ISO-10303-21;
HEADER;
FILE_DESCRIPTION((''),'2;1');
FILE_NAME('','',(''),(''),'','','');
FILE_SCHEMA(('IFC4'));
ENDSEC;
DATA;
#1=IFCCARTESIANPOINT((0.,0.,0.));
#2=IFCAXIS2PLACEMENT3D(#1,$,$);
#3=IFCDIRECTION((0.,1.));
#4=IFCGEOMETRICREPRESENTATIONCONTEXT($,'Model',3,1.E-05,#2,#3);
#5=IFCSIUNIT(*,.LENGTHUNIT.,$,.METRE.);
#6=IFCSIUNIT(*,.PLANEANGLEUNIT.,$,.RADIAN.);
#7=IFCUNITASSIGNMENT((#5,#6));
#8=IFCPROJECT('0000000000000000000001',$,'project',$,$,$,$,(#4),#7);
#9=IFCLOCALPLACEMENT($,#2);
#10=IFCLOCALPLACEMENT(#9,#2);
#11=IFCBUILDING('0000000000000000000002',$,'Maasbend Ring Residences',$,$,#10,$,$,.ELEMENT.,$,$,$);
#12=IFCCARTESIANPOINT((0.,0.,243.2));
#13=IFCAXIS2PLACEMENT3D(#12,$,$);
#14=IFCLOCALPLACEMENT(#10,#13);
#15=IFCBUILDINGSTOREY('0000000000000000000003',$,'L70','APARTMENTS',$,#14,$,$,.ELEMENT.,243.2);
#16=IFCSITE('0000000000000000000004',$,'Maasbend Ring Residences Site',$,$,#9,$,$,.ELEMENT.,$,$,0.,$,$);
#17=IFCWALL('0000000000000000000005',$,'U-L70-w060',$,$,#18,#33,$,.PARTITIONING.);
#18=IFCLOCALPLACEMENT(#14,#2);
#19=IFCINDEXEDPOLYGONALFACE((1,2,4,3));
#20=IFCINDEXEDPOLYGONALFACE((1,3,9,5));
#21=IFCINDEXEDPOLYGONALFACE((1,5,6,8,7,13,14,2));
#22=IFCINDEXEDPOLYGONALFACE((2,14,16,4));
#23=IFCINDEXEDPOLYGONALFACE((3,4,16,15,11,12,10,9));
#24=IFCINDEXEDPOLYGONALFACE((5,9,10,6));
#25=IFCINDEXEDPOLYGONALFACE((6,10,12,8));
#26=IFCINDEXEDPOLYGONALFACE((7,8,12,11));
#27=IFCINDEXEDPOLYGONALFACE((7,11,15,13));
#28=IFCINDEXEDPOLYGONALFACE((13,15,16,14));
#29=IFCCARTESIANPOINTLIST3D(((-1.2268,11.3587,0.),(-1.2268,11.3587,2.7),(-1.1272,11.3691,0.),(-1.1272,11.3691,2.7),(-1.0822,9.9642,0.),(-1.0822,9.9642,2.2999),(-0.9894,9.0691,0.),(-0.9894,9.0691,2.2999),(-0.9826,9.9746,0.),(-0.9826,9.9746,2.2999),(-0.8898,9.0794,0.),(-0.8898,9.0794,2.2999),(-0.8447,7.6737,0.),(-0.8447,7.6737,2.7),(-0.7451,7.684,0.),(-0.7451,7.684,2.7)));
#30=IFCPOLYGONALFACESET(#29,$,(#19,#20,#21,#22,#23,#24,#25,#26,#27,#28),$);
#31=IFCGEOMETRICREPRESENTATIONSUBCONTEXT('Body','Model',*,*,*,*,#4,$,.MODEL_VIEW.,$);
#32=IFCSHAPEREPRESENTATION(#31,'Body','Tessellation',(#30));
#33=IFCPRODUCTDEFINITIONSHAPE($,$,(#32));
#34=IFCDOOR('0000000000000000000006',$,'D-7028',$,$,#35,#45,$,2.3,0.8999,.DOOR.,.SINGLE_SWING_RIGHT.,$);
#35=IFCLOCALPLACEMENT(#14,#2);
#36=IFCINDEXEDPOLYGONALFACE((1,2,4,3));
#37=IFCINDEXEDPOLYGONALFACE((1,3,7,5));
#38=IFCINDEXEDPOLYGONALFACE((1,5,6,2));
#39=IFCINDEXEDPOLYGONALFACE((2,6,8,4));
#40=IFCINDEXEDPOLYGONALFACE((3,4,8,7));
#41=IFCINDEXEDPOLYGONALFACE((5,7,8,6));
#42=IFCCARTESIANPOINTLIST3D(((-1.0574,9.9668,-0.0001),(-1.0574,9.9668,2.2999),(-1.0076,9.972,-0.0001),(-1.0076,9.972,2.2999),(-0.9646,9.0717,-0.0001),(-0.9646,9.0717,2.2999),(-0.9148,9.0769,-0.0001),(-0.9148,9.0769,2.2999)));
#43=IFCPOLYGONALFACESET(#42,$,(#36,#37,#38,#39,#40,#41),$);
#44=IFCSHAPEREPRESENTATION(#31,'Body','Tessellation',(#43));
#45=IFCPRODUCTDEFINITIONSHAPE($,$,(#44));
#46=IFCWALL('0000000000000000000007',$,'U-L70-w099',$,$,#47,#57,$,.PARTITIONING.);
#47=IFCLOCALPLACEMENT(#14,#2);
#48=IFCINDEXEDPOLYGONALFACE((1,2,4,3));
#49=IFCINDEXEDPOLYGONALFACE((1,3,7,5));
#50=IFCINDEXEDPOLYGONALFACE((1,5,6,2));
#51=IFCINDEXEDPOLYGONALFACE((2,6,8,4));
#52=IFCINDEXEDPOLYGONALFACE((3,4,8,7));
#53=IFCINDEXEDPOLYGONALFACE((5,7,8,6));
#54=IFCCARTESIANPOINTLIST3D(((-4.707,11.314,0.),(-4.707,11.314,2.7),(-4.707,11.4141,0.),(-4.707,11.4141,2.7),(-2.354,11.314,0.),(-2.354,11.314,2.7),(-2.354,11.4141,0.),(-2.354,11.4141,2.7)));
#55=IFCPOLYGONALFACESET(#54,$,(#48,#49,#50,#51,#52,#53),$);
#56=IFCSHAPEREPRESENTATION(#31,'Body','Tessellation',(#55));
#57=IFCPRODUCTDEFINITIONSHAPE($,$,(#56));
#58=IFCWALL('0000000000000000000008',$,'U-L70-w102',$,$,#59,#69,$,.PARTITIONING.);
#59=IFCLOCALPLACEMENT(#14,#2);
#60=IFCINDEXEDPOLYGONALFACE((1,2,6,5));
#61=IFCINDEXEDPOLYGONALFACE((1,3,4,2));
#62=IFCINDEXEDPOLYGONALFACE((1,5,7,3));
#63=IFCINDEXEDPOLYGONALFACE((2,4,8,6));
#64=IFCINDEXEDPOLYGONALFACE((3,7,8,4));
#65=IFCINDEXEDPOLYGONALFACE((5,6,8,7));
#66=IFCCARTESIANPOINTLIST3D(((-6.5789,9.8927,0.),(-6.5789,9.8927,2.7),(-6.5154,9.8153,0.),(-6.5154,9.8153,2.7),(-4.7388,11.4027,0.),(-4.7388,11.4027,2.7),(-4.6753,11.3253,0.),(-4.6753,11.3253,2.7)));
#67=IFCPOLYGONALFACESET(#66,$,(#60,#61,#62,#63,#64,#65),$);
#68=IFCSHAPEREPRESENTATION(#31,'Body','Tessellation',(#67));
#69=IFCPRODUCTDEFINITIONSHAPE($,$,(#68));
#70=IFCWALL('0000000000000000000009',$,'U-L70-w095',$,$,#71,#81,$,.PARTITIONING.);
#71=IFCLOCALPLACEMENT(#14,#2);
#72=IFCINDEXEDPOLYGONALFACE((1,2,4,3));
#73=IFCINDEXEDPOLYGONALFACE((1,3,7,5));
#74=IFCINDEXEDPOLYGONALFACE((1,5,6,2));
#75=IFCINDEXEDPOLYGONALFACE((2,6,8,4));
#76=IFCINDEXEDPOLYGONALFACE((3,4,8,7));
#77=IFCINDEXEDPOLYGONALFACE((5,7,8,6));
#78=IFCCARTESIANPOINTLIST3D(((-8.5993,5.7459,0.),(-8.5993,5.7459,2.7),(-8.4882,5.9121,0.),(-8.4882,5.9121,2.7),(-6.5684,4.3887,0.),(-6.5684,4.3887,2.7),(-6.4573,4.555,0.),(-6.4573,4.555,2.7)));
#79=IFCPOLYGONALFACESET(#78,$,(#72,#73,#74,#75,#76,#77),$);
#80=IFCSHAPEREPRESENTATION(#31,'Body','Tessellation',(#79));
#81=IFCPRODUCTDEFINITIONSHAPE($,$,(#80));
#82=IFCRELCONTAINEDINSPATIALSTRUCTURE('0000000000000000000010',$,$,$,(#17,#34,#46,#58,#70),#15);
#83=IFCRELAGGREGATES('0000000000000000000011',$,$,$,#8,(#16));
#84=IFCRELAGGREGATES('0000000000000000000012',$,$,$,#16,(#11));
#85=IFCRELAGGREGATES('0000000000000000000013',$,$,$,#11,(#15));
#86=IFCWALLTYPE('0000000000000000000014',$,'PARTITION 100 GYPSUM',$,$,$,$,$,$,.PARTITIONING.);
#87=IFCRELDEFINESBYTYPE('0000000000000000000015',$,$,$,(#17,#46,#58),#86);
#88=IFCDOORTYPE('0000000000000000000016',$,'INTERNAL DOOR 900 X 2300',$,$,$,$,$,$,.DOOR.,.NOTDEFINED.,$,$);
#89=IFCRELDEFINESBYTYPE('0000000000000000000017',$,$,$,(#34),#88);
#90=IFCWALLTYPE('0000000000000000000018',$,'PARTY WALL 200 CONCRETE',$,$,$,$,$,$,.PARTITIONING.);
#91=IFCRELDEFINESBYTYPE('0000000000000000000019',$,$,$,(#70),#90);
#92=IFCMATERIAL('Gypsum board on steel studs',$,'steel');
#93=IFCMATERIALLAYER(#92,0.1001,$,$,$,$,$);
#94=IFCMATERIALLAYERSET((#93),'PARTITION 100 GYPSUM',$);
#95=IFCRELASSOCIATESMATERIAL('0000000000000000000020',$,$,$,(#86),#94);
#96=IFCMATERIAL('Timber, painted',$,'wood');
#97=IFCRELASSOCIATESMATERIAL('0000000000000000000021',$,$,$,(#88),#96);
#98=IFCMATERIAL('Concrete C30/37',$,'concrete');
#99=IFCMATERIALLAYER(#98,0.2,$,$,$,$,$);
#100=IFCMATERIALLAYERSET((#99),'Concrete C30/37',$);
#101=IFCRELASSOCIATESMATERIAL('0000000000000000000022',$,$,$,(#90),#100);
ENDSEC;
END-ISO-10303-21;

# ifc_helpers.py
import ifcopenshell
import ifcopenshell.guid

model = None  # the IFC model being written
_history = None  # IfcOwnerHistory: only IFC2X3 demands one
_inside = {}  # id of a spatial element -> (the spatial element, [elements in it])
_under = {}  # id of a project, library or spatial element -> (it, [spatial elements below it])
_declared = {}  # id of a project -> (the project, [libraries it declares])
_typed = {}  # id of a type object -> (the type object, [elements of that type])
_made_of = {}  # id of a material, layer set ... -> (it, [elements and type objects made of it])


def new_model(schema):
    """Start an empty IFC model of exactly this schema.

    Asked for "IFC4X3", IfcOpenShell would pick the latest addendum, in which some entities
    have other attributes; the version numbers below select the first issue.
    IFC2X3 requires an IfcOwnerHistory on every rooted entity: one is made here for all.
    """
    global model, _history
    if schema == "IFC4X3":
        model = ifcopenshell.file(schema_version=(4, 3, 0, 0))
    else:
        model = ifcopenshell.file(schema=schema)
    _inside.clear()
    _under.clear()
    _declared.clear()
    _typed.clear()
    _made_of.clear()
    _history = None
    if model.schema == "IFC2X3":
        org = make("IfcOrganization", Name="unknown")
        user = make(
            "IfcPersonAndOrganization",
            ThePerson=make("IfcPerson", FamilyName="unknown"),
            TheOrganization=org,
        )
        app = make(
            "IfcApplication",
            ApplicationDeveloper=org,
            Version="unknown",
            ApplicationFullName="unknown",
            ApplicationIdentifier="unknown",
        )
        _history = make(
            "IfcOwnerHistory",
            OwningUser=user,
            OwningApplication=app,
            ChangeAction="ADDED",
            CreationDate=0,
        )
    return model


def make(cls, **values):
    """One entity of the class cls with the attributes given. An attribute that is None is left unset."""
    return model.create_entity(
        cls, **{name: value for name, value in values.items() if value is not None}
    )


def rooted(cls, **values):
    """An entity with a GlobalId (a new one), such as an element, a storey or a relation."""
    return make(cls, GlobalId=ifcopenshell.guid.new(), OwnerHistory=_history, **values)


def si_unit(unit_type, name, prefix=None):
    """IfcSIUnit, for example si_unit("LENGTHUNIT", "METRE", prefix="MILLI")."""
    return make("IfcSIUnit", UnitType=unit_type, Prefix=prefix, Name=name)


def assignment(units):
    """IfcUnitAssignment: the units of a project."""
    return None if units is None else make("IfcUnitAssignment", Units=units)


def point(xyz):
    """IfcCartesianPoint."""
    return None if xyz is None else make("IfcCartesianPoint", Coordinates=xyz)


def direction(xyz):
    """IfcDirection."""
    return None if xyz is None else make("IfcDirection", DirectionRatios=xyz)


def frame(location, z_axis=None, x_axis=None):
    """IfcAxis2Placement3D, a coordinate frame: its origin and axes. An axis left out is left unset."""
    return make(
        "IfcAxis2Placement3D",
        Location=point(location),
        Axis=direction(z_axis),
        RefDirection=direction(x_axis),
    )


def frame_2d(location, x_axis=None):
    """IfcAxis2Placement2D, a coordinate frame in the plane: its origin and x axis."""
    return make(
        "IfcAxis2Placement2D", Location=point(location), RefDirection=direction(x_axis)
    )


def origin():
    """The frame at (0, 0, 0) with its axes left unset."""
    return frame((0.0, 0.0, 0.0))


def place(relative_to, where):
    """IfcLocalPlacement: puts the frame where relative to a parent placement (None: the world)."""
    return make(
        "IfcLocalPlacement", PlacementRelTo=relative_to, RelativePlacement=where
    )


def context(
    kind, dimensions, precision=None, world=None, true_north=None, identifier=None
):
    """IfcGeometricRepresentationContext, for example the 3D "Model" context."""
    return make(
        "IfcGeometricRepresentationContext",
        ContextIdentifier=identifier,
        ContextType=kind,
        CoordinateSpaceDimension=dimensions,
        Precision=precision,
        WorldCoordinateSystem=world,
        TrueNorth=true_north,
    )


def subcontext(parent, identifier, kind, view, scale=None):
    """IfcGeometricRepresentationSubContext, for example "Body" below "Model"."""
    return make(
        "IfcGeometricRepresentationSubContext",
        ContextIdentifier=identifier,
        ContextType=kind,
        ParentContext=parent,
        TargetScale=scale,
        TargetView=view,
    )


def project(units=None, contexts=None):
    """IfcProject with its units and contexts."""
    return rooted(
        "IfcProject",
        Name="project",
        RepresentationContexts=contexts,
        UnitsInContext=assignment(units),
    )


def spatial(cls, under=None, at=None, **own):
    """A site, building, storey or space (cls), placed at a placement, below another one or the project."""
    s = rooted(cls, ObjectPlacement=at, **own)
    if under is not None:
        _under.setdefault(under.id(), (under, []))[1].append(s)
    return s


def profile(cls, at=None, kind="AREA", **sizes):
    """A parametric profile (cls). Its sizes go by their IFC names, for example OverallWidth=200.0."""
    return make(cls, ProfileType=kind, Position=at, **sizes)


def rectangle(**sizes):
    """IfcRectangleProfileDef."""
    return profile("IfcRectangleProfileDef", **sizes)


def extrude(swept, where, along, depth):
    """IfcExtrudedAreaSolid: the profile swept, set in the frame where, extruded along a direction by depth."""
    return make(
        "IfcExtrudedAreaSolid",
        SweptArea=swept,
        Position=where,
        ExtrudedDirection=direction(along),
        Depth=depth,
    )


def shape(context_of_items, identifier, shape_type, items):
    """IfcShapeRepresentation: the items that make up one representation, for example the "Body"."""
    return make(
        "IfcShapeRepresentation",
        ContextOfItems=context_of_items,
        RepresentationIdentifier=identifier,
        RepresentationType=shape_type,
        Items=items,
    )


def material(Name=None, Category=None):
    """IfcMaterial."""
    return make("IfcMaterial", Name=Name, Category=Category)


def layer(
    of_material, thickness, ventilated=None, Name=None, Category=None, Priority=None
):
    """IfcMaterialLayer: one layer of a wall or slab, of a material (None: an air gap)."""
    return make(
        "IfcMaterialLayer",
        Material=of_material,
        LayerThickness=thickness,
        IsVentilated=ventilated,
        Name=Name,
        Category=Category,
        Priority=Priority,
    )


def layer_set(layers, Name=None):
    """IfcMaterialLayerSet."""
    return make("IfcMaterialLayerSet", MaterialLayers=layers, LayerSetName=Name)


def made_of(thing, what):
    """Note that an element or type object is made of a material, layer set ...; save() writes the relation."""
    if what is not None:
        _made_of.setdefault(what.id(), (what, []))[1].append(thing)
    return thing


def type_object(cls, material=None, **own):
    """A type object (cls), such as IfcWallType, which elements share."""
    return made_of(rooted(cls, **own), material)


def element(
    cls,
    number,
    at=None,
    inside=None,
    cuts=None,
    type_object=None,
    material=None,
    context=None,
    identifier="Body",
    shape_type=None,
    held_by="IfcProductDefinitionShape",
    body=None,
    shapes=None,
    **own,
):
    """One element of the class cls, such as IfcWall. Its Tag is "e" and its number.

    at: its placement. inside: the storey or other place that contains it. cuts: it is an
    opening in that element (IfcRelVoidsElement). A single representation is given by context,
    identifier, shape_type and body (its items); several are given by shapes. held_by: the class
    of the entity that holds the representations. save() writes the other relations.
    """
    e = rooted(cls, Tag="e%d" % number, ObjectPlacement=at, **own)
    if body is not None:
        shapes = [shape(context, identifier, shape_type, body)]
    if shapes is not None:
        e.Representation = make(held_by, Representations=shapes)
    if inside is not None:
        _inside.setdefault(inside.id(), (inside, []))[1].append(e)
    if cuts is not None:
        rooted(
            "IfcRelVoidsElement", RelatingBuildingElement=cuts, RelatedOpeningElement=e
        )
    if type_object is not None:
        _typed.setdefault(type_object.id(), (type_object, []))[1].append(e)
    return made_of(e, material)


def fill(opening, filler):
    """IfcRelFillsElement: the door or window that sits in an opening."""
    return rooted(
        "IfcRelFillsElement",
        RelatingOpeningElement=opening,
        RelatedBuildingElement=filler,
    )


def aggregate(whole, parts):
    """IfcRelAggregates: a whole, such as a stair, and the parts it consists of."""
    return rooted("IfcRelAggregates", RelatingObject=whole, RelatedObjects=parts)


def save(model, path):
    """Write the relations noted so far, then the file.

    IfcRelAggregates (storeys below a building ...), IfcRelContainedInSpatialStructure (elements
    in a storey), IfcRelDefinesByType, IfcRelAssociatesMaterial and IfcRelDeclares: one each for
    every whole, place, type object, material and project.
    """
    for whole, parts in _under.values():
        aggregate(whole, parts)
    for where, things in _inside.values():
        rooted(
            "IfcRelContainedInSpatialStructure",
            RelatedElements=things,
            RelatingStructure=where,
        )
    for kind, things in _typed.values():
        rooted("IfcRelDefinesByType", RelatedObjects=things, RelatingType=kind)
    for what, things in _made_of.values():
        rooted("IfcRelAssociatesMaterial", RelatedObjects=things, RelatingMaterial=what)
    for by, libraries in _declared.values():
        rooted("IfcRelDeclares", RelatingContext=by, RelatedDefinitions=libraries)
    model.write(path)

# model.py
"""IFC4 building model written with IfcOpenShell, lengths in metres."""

from ifc_helpers import new_model, si_unit, direction, frame, frame_2d, origin, place, context, subcontext, project, spatial, rectangle, extrude, material, layer, layer_set, type_object, element, fill, save


model = new_model("IFC4")

# Units and contexts
model_context = context("Model", 3, precision=1e-05, world=origin(), true_north=direction((0.0, 1.0)))
body_context = subcontext(model_context, "Body", "Model", "MODEL_VIEW")
ifc_project = project(units=[si_unit("LENGTHUNIT", "METRE"), si_unit("PLANEANGLEUNIT", "RADIAN")], contexts=[model_context])

# Site, building, storey
site_placement = place(None, origin())
site = spatial("IfcSite", under=ifc_project, at=site_placement, Name="Maasbend Ring Residences Site", CompositionType="ELEMENT", RefElevation=0.0)
building_placement = place(site_placement, origin())
building = spatial("IfcBuilding", under=site, at=building_placement, Name="Maasbend Ring Residences", CompositionType="ELEMENT")
storey_placement = place(building_placement, frame((0.0, 0.0, 243.2)))
storey = spatial("IfcBuildingStorey", under=building, at=storey_placement, Name="L70", Description="APARTMENTS", CompositionType="ELEMENT", Elevation=243.2)

# Wall, opening, door
ifc_material_1 = material(Name="Gypsum board on steel studs", Category="steel")
ifc_layer_1 = layer(ifc_material_1, 0.1001)
ifc_layer_set_1 = layer_set([ifc_layer_1], Name="PARTITION 100 GYPSUM")
wall_type_1 = type_object("IfcWallType", Name="PARTITION 100 GYPSUM", PredefinedType="PARTITIONING", material=ifc_layer_set_1)
wall_1_placement = place(storey_placement, frame((-1.177, 11.364, 0.0), z_axis=(0.0, 0.0, 1.0), x_axis=(0.103131, -0.994668, 0.0)))
wall_1 = element("IfcWall", 1, at=wall_1_placement, inside=storey, type_object=wall_type_1, Name="U-L70-w060", PredefinedType="PARTITIONING", context=body_context, shape_type="SweptSolid", body=[
    extrude(rectangle(XDim=3.7048, YDim=0.1001, at=frame_2d((1.8525, 0.0))), origin(), (0.0, 0.0, 1.0), 2.7),
])
opening_placement = place(wall_1_placement, frame((1.4021, 0.0, 0.0)))
opening = element("IfcOpeningElement", 2, at=opening_placement, cuts=wall_1, PredefinedType="OPENING", context=body_context, shape_type="SweptSolid", body=[
    extrude(rectangle(XDim=0.8999, YDim=2.3, at=frame_2d((0.45, 1.1499))), frame((0.0, 0.0601, 0.0), z_axis=(0.0, -1.0, 0.0), x_axis=(1.0, 0.0, 0.0)), (0.0, 0.0, 1.0), 0.1201),
])
ifc_material_2 = material(Name="Timber, painted", Category="wood")
door_type = type_object("IfcDoorType", Name="INTERNAL DOOR 900 X 2300", OperationType="NOTDEFINED", PredefinedType="DOOR", material=ifc_material_2)
door_placement = place(opening_placement, origin())
door = element("IfcDoor", 3, at=door_placement, inside=storey, type_object=door_type, Name="D-7028", OperationType="SINGLE_SWING_RIGHT", OverallHeight=2.3, OverallWidth=0.8999, PredefinedType="DOOR", context=body_context, shape_type="SweptSolid", body=[
    extrude(rectangle(XDim=0.8999, YDim=2.3, at=frame_2d((0.45, 1.1499))), frame((0.0, 0.0249, 0.0), z_axis=(0.0, -1.0, 0.0), x_axis=(1.0, 0.0, 0.0)), (0.0, 0.0, 1.0), 0.05),
])
fill(opening, door)

# Walls
wall_2_placement = place(storey_placement, frame((-4.707, 11.364, 0.0), z_axis=(0.0, 0.0, 1.0), x_axis=(1.0, 0.0, 0.0)))
element("IfcWall", 4, at=wall_2_placement, inside=storey, type_object=wall_type_1, Name="U-L70-w099", PredefinedType="PARTITIONING", context=body_context, shape_type="SweptSolid", body=[
    extrude(rectangle(XDim=2.353, YDim=0.1001, at=frame_2d((1.1765, 0.0))), origin(), (0.0, 0.0, 1.0), 2.7),
])
wall_3_placement = place(storey_placement, frame((-6.5471, 9.854, 0.0), z_axis=(0.0, 0.0, 1.0), x_axis=(0.773033, 0.634365, 0.0)))
element("IfcWall", 5, at=wall_3_placement, inside=storey, type_object=wall_type_1, Name="U-L70-w102", PredefinedType="PARTITIONING", context=body_context, shape_type="SweptSolid", body=[
    extrude(rectangle(XDim=2.3804, YDim=0.1001, at=frame_2d((1.1902, 0.0))), origin(), (0.0, 0.0, 1.0), 2.7),
])
ifc_material_3 = material(Name="Concrete C30/37", Category="concrete")
ifc_layer_2 = layer(ifc_material_3, 0.2)
ifc_layer_set_2 = layer_set([ifc_layer_2], Name="Concrete C30/37")
wall_type_2 = type_object("IfcWallType", Name="PARTY WALL 200 CONCRETE", PredefinedType="PARTITIONING", material=ifc_layer_set_2)
wall_4_placement = place(storey_placement, frame((-6.5129, 4.4719, 0.0), z_axis=(0.0, 0.0, 1.0), x_axis=(-0.83145, 0.555599, 0.0)))
element("IfcWall", 6, at=wall_4_placement, inside=storey, type_object=wall_type_2, Name="U-L70-w095", PredefinedType="PARTITIONING", context=body_context, shape_type="SweptSolid", body=[
    extrude(rectangle(XDim=2.4426, YDim=0.2, at=frame_2d((1.2212, 0.0))), origin(), (0.0, 0.0, 1.0), 2.7),
])

save(model, "model.ifc")
